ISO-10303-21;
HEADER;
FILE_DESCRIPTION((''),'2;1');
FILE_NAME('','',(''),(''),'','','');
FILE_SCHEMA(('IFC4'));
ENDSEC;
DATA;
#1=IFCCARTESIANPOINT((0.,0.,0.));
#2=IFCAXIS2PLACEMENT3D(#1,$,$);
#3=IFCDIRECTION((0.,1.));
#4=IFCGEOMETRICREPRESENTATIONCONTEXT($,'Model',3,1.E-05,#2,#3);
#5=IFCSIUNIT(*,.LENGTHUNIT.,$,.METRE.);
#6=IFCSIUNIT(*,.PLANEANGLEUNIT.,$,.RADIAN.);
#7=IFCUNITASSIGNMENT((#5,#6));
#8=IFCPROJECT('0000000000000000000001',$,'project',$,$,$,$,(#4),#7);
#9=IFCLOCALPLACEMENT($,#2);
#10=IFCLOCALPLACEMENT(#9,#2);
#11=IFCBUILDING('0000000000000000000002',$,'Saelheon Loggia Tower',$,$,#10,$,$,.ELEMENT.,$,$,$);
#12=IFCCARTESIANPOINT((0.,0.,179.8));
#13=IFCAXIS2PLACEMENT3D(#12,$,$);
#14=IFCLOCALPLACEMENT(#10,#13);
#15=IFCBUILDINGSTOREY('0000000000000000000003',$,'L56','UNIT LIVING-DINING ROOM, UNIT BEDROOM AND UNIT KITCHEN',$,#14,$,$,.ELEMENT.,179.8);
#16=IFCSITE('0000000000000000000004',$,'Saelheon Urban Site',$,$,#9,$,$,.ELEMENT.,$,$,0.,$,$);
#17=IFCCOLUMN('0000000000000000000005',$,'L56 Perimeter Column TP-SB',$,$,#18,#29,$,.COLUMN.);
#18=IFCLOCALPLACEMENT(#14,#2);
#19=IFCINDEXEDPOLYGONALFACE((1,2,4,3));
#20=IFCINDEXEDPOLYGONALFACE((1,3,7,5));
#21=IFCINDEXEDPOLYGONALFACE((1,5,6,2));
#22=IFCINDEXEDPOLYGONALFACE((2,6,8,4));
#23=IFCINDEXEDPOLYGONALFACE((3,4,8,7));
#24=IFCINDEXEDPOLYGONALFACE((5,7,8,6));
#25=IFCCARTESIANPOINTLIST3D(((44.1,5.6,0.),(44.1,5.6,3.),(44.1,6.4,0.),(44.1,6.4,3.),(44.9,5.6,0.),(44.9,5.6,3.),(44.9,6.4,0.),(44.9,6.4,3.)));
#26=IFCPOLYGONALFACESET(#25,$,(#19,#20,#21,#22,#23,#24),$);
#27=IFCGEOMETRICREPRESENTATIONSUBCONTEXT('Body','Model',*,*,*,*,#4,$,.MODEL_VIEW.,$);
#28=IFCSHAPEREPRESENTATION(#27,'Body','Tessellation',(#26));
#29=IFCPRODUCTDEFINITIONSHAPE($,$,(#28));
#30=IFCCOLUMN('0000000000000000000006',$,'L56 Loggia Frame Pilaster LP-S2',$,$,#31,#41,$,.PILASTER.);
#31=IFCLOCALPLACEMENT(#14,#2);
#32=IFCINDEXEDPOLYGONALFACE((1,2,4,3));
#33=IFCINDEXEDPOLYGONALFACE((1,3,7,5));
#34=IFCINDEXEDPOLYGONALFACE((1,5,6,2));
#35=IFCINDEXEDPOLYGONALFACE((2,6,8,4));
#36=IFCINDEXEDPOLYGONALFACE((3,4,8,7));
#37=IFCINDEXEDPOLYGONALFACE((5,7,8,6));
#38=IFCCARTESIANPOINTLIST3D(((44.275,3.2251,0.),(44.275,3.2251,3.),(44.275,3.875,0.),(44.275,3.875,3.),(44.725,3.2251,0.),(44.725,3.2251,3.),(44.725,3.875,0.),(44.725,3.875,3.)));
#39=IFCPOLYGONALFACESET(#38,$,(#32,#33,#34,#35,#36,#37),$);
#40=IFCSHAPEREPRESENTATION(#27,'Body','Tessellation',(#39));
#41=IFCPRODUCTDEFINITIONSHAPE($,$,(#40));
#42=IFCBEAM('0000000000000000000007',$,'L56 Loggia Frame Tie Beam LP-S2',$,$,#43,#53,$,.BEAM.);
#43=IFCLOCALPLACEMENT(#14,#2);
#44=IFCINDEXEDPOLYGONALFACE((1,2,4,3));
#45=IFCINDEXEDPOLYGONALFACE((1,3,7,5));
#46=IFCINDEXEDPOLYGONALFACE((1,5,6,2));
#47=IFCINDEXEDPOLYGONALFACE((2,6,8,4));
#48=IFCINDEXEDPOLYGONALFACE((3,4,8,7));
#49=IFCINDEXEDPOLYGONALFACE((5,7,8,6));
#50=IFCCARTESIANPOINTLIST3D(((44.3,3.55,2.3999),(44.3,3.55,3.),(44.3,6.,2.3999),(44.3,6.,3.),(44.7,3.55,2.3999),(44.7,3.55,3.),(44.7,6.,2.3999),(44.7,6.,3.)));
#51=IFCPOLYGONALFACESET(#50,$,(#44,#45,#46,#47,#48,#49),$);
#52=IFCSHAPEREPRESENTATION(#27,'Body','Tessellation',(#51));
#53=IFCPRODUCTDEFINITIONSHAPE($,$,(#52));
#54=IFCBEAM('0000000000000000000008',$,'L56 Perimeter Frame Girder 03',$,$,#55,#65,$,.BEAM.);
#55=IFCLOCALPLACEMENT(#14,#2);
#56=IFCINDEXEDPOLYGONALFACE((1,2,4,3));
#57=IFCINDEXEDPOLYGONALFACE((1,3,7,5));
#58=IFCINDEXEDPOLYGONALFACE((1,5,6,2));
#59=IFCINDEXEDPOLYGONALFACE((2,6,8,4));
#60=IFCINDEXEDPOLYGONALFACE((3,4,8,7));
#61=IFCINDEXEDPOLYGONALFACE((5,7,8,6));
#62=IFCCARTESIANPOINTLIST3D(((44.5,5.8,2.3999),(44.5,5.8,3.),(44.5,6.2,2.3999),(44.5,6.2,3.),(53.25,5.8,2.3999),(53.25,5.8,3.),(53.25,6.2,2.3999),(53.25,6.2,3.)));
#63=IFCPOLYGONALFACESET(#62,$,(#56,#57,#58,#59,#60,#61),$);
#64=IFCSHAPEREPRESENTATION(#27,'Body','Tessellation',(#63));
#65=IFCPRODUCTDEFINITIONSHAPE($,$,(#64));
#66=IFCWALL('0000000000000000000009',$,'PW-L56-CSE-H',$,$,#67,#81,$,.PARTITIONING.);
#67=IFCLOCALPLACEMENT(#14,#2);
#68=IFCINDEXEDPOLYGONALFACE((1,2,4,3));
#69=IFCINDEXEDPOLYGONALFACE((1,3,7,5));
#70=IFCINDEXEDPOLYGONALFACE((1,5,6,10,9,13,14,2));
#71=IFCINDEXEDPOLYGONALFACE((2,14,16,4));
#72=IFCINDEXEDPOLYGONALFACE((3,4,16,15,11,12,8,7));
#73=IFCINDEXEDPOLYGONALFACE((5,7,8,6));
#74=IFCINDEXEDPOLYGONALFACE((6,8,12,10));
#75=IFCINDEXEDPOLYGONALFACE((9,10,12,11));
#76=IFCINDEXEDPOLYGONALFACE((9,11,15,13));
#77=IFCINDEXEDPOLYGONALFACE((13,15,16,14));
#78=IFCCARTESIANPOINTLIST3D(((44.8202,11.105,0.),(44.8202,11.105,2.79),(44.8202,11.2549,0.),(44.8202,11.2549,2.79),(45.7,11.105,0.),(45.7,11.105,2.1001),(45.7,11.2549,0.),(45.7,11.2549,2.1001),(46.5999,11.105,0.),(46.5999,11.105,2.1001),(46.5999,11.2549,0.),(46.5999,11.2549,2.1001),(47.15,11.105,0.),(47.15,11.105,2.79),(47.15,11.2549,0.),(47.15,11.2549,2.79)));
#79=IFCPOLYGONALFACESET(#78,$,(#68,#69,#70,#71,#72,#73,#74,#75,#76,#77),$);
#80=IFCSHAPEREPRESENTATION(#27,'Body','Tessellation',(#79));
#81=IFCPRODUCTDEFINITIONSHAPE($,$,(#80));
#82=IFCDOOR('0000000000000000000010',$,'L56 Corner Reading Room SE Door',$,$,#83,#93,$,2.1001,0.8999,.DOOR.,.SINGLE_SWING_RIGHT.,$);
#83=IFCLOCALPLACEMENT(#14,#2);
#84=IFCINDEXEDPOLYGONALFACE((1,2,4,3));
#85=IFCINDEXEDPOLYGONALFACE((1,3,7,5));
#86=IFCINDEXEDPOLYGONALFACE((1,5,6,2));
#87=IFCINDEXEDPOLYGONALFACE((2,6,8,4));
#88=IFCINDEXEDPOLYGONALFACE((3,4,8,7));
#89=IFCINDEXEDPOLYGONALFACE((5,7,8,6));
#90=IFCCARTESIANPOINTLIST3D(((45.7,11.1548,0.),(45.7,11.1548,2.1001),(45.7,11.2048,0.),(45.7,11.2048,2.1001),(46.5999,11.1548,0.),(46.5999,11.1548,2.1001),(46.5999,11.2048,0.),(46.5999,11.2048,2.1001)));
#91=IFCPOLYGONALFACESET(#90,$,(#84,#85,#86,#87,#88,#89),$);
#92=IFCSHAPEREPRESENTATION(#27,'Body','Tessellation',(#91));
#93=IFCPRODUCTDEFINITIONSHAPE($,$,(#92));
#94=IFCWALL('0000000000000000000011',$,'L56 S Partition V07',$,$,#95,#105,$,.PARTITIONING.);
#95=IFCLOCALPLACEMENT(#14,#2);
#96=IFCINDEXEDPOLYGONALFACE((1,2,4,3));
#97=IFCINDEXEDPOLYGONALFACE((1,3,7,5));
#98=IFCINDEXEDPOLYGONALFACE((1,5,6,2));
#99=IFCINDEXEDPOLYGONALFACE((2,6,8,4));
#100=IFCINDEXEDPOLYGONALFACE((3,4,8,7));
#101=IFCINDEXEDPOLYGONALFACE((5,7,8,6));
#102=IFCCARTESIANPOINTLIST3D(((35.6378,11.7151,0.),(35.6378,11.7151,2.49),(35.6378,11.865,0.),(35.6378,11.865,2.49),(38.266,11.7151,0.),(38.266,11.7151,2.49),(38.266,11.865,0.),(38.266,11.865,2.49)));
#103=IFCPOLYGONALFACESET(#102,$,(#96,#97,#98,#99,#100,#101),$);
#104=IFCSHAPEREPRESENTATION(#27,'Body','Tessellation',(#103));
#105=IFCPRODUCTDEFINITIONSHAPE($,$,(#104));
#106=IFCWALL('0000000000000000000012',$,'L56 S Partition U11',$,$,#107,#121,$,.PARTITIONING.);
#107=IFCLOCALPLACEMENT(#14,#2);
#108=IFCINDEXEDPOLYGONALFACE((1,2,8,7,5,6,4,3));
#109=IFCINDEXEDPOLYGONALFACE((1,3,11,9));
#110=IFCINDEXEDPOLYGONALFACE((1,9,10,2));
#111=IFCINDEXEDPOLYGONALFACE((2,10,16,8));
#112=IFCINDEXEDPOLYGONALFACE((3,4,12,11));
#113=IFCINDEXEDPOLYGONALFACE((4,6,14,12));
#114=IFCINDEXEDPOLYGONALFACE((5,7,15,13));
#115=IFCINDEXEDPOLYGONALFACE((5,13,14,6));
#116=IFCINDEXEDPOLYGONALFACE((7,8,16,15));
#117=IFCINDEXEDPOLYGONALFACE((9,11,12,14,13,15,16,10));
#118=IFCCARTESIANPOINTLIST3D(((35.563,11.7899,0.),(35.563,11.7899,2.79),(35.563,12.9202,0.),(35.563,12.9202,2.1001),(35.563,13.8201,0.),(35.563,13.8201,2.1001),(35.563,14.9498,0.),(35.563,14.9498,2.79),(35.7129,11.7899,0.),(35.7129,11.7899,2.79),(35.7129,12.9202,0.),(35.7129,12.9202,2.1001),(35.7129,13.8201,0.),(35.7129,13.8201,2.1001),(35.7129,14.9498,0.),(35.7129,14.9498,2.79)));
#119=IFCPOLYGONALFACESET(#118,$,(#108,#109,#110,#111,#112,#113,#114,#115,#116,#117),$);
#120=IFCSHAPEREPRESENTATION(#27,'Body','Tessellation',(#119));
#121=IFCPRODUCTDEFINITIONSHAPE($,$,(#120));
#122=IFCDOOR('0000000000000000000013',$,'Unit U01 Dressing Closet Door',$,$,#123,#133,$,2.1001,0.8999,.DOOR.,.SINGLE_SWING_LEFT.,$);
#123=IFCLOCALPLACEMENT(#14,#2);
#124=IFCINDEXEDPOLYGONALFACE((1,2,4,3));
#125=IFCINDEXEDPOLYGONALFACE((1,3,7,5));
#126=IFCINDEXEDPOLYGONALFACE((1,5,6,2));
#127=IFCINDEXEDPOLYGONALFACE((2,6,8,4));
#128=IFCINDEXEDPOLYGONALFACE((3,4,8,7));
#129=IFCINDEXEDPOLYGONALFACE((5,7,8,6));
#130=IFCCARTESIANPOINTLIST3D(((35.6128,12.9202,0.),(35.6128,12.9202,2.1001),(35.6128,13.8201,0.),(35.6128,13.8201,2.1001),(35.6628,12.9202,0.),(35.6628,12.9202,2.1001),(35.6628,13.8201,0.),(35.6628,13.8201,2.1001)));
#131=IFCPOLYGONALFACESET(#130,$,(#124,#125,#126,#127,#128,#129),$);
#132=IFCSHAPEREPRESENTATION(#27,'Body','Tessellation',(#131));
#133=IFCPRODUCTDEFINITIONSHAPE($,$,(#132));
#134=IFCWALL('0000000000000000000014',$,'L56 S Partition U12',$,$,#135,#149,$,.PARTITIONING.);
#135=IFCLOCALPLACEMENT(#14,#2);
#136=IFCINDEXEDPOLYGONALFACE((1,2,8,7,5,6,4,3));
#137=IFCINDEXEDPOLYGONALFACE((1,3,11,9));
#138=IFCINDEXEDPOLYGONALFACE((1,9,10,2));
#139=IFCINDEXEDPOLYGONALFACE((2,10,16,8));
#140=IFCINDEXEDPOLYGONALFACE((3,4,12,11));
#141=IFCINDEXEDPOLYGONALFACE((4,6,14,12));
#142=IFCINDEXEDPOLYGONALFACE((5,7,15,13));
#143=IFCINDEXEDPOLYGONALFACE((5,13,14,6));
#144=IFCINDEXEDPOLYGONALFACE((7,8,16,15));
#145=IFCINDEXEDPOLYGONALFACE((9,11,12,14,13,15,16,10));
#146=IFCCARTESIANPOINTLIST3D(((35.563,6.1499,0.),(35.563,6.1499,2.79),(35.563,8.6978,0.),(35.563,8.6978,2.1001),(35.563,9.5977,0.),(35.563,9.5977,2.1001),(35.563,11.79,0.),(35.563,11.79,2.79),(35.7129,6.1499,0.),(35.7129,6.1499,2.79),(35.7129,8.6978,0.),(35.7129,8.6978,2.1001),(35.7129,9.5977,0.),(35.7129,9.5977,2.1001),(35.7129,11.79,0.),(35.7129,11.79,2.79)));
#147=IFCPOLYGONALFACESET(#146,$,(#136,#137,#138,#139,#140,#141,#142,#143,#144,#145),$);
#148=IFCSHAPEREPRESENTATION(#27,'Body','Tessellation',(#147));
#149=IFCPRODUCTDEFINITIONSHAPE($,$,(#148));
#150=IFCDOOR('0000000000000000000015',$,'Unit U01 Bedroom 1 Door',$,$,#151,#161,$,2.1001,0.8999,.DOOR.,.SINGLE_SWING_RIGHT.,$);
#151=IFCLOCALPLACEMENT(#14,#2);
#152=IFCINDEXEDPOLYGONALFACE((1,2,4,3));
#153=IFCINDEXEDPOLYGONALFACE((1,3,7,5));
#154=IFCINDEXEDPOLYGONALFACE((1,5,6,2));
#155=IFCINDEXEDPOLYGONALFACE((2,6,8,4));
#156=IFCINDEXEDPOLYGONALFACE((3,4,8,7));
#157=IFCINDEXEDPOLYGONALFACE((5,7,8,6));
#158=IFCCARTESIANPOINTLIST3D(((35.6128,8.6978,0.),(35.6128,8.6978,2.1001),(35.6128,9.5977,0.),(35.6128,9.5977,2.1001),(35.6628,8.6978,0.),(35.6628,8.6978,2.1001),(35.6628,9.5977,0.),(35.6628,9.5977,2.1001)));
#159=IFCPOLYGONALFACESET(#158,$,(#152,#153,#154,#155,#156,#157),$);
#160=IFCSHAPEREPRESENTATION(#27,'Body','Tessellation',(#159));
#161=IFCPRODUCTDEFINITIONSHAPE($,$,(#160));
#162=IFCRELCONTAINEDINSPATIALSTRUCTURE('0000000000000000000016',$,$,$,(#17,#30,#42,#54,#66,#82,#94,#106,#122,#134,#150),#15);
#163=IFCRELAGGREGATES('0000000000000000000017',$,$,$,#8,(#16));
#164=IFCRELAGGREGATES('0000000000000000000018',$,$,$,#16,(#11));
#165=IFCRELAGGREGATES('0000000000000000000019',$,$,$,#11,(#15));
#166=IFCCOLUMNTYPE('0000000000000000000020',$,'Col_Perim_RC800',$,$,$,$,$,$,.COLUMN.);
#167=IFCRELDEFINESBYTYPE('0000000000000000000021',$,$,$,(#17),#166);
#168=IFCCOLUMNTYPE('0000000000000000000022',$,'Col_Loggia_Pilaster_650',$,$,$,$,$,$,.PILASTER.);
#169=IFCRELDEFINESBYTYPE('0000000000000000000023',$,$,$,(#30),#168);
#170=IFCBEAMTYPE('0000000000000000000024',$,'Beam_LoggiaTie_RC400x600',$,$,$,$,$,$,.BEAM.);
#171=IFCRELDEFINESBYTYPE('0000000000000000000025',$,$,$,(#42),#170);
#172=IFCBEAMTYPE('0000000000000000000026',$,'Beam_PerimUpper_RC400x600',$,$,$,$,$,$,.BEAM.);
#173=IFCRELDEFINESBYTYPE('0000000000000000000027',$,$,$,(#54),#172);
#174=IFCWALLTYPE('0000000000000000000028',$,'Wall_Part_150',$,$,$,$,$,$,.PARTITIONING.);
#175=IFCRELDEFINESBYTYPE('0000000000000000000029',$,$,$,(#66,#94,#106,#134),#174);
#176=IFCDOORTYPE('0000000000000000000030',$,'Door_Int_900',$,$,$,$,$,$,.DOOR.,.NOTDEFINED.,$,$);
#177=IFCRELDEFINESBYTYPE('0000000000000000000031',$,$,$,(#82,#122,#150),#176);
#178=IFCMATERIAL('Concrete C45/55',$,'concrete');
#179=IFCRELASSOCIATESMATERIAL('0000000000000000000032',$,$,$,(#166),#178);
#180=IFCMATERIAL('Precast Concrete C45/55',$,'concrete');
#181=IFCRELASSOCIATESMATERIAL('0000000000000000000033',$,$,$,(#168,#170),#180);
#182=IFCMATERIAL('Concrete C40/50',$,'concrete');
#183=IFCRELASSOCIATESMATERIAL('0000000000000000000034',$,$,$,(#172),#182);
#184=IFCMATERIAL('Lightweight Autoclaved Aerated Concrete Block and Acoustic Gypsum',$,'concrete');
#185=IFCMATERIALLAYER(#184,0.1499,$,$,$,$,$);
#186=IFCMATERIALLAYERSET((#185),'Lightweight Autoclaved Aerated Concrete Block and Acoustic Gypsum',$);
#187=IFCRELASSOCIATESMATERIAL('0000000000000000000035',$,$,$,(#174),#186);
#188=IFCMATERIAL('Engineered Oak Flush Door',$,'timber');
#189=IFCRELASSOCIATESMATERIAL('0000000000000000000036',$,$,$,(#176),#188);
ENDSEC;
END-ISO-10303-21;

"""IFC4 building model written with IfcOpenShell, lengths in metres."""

from ifc_helpers import new_model, si_unit, direction, frame, frame_2d, origin, origin_2d, place, context, subcontext, project, spatial, rectangle, extrude, source, transform, mapped, material, layer, layer_set, material_profile, profile_set, type_object, element, fill, save


model = new_model("IFC4")

# Units and contexts
model_context = context("Model", 3, precision=1e-05, world=origin(), true_north=direction((0.0, 1.0)))
body_context = subcontext(model_context, "Body", "Model", "MODEL_VIEW")
ifc_project = project(units=[si_unit("LENGTHUNIT", "METRE"), si_unit("PLANEANGLEUNIT", "RADIAN")], contexts=[model_context])

# Site, building, storey
site_placement = place(None, origin())
site = spatial("IfcSite", under=ifc_project, at=site_placement, Name="Saelheon Urban Site", CompositionType="ELEMENT", RefElevation=0.0)
building_placement = place(site_placement, origin())
building = spatial("IfcBuilding", under=site, at=building_placement, Name="Saelheon Loggia Tower", CompositionType="ELEMENT")
storey_placement = place(building_placement, frame((0.0, 0.0, 179.8)))
storey = spatial("IfcBuildingStorey", under=building, at=storey_placement, Name="L56", Description="UNIT LIVING-DINING ROOM, UNIT BEDROOM AND UNIT KITCHEN", CompositionType="ELEMENT", Elevation=179.8)

# Columns
ifc_material_1 = material(Name="Concrete C45/55", Category="concrete")
ifc_material_profile_1 = material_profile(ifc_material_1, rectangle(XDim=0.8, YDim=0.8, at=origin_2d()), Name="RC-800x800")
ifc_profile_set_1 = profile_set([ifc_material_profile_1], Name="Concrete C45/55")
column_type_1 = type_object("IfcColumnType", Name="Col_Perim_RC800", PredefinedType="COLUMN", material=ifc_profile_set_1)
shared_shape_1 = source(origin(), body_context, "Body", "SweptSolid", [
    extrude(rectangle(XDim=0.8, YDim=0.8, at=origin_2d()), origin(), (0.0, 0.0, 1.0), 3.0),
])
column_1_placement = place(storey_placement, frame((44.5, 6.0, 0.0), z_axis=(0.0, 0.0, 1.0), x_axis=(1.0, 0.0, 0.0)))
element("IfcColumn", 1, at=column_1_placement, inside=storey, type_object=column_type_1, Name="L56 Perimeter Column TP-SB", PredefinedType="COLUMN", context=body_context, shape_type="MappedRepresentation", body=[
    mapped(shared_shape_1, transform((0.0, 0.0, 0.0), scale=1.0)),
])
ifc_material_2 = material(Name="Precast Concrete C45/55", Category="concrete")
ifc_material_profile_2 = material_profile(ifc_material_2, rectangle(XDim=0.45, YDim=0.6499, at=origin_2d()), Name="RC-450x650")
ifc_profile_set_2 = profile_set([ifc_material_profile_2], Name="Precast Concrete C45/55")
column_type_2 = type_object("IfcColumnType", Name="Col_Loggia_Pilaster_650", PredefinedType="PILASTER", material=ifc_profile_set_2)
shared_shape_2 = source(origin(), body_context, "Body", "SweptSolid", [
    extrude(rectangle(XDim=0.45, YDim=0.6499, at=origin_2d()), origin(), (0.0, 0.0, 1.0), 3.0),
])
column_2_placement = place(storey_placement, frame((44.5, 3.55, 0.0), z_axis=(0.0, 0.0, 1.0), x_axis=(1.0, 0.0, 0.0)))
element("IfcColumn", 2, at=column_2_placement, inside=storey, type_object=column_type_2, Name="L56 Loggia Frame Pilaster LP-S2", PredefinedType="PILASTER", context=body_context, shape_type="MappedRepresentation", body=[
    mapped(shared_shape_2, transform((0.0, 0.0, 0.0), scale=1.0)),
])

# Beams
ifc_material_profile_3 = material_profile(ifc_material_2, rectangle(XDim=0.3999, YDim=0.6001, at=origin_2d()), Name="RC-400x600")
ifc_profile_set_3 = profile_set([ifc_material_profile_3], Name="Precast Concrete C45/55")
beam_type_1 = type_object("IfcBeamType", Name="Beam_LoggiaTie_RC400x600", PredefinedType="BEAM", material=ifc_profile_set_3)
shared_shape_3 = source(origin(), body_context, "Body", "SweptSolid", [
    extrude(rectangle(XDim=0.3999, YDim=0.6001, at=origin_2d()), origin(), (0.0, 0.0, 1.0), 2.45),
])
beam_1_placement = place(storey_placement, frame((44.5, 6.0, 2.7), z_axis=(0.0, -1.0, 0.0), x_axis=(1.0, 0.0, 0.0)))
element("IfcBeam", 3, at=beam_1_placement, inside=storey, type_object=beam_type_1, Name="L56 Loggia Frame Tie Beam LP-S2", PredefinedType="BEAM", context=body_context, shape_type="MappedRepresentation", body=[
    mapped(shared_shape_3, transform((0.0, 0.0, 0.0), scale=1.0)),
])
ifc_material_3 = material(Name="Concrete C40/50", Category="concrete")
ifc_material_profile_4 = material_profile(ifc_material_3, rectangle(XDim=0.3999, YDim=0.6001, at=origin_2d()), Name="RC-400x600")
ifc_profile_set_4 = profile_set([ifc_material_profile_4], Name="Concrete C40/50")
beam_type_2 = type_object("IfcBeamType", Name="Beam_PerimUpper_RC400x600", PredefinedType="BEAM", material=ifc_profile_set_4)
shared_shape_4 = source(origin(), body_context, "Body", "SweptSolid", [
    extrude(rectangle(XDim=0.3999, YDim=0.6001, at=origin_2d()), origin(), (0.0, 0.0, 1.0), 8.75),
])
beam_2_placement = place(storey_placement, frame((44.5, 6.0, 2.7), z_axis=(1.0, 0.0, 0.0), x_axis=(0.0, 1.0, 0.0)))
element("IfcBeam", 4, at=beam_2_placement, inside=storey, type_object=beam_type_2, Name="L56 Perimeter Frame Girder 03", PredefinedType="BEAM", context=body_context, shape_type="MappedRepresentation", body=[
    mapped(shared_shape_4, transform((0.0, 0.0, 0.0), scale=1.0)),
])

# Wall, opening, door
ifc_material_4 = material(Name="Lightweight Autoclaved Aerated Concrete Block and Acoustic Gypsum", Category="concrete")
ifc_layer_1 = layer(ifc_material_4, 0.1499)
ifc_layer_set_1 = layer_set([ifc_layer_1], Name="Lightweight Autoclaved Aerated Concrete Block and Acoustic Gypsum")
wall_type_1 = type_object("IfcWallType", Name="Wall_Part_150", PredefinedType="PARTITIONING", material=ifc_layer_set_1)
wall_1_placement = place(storey_placement, frame((44.8201, 11.1799, 0.0), z_axis=(0.0, 0.0, 1.0), x_axis=(1.0, 0.0, 0.0)))
wall_1 = element("IfcWall", 5, at=wall_1_placement, inside=storey, type_object=wall_type_1, Name="PW-L56-CSE-H", PredefinedType="PARTITIONING", context=body_context, shape_type="SweptSolid", body=[
    extrude(rectangle(XDim=2.3298, YDim=0.1499, at=frame_2d((1.165, 0.0))), origin(), (0.0, 0.0, 1.0), 2.79),
])
opening_1_placement = place(wall_1_placement, frame((0.8799, 0.0, 0.0)))
opening_1 = element("IfcOpeningElement", 6, at=opening_1_placement, cuts=wall_1, PredefinedType="OPENING", context=body_context, shape_type="SweptSolid", body=[
    extrude(rectangle(XDim=0.8999, YDim=2.1001, at=frame_2d((0.45, 1.05))), frame((0.0, 0.0869, 0.0), z_axis=(0.0, -1.0, 0.0), x_axis=(1.0, 0.0, 0.0)), (0.0, 0.0, 1.0), 0.1738),
])
ifc_material_5 = material(Name="Engineered Oak Flush Door", Category="timber")
door_type_1 = type_object("IfcDoorType", Name="Door_Int_900", OperationType="NOTDEFINED", PredefinedType="DOOR", material=ifc_material_5)
shared_shape_5 = source(origin(), body_context, "Body", "SweptSolid", [
    extrude(rectangle(XDim=0.8999, YDim=2.1001, at=frame_2d((0.45, 1.05))), frame((0.0, 0.0249, 0.0), z_axis=(0.0, -1.0, 0.0), x_axis=(1.0, 0.0, 0.0)), (0.0, 0.0, 1.0), 0.05),
])
door_1_placement = place(opening_1_placement, origin())
door_1 = element("IfcDoor", 7, at=door_1_placement, inside=storey, type_object=door_type_1, Name="L56 Corner Reading Room SE Door", OperationType="SINGLE_SWING_RIGHT", OverallHeight=2.1001, OverallWidth=0.8999, PredefinedType="DOOR", context=body_context, shape_type="MappedRepresentation", body=[
    mapped(shared_shape_5, transform((0.0, 0.0, 0.0), scale=1.0)),
])
fill(opening_1, door_1)

# Wall
wall_2_placement = place(storey_placement, frame((35.6379, 11.79, 0.0), z_axis=(0.0, 0.0, 1.0), x_axis=(1.0, 0.0, 0.0)))
element("IfcWall", 8, at=wall_2_placement, inside=storey, type_object=wall_type_1, Name="L56 S Partition V07", PredefinedType="PARTITIONING", context=body_context, shape_type="SweptSolid", body=[
    extrude(rectangle(XDim=2.6282, YDim=0.1499, at=frame_2d((1.314, 0.0))), origin(), (0.0, 0.0, 1.0), 2.49),
])

# Walls, openings, doors
wall_3_placement = place(storey_placement, frame((35.6379, 14.95, 0.0), z_axis=(0.0, 0.0, 1.0), x_axis=(0.0, -1.0, 0.0)))
wall_3 = element("IfcWall", 9, at=wall_3_placement, inside=storey, type_object=wall_type_1, Name="L56 S Partition U11", PredefinedType="PARTITIONING", context=body_context, shape_type="SweptSolid", body=[
    extrude(rectangle(XDim=3.1599, YDim=0.1499, at=frame_2d((1.5801, 0.0))), origin(), (0.0, 0.0, 1.0), 2.79),
])
opening_2_placement = place(wall_3_placement, frame((1.1299, 0.0, 0.0)))
opening_2 = element("IfcOpeningElement", 10, at=opening_2_placement, cuts=wall_3, PredefinedType="OPENING", context=body_context, shape_type="SweptSolid", body=[
    extrude(rectangle(XDim=0.8999, YDim=2.1001, at=frame_2d((0.45, 1.05))), frame((0.0, 0.0869, 0.0), z_axis=(0.0, -1.0, 0.0), x_axis=(1.0, 0.0, 0.0)), (0.0, 0.0, 1.0), 0.1738),
])
door_2_placement = place(opening_2_placement, origin())
door_2 = element("IfcDoor", 11, at=door_2_placement, inside=storey, type_object=door_type_1, Name="Unit U01 Dressing Closet Door", OperationType="SINGLE_SWING_LEFT", OverallHeight=2.1001, OverallWidth=0.8999, PredefinedType="DOOR", context=body_context, shape_type="MappedRepresentation", body=[
    mapped(shared_shape_5, transform((0.0, 0.0, 0.0), scale=1.0)),
])
fill(opening_2, door_2)
wall_4_placement = place(storey_placement, frame((35.6379, 11.79, 0.0), z_axis=(0.0, 0.0, 1.0), x_axis=(0.0, -1.0, 0.0)))
wall_4 = element("IfcWall", 12, at=wall_4_placement, inside=storey, type_object=wall_type_1, Name="L56 S Partition U12", PredefinedType="PARTITIONING", context=body_context, shape_type="SweptSolid", body=[
    extrude(rectangle(XDim=5.6401, YDim=0.1499, at=frame_2d((2.8201, 0.0))), origin(), (0.0, 0.0, 1.0), 2.79),
])
opening_3_placement = place(wall_4_placement, frame((2.1924, 0.0, 0.0)))
opening_3 = element("IfcOpeningElement", 13, at=opening_3_placement, cuts=wall_4, PredefinedType="OPENING", context=body_context, shape_type="SweptSolid", body=[
    extrude(rectangle(XDim=0.8999, YDim=2.1001, at=frame_2d((0.45, 1.05))), frame((0.0, 0.0869, 0.0), z_axis=(0.0, -1.0, 0.0), x_axis=(1.0, 0.0, 0.0)), (0.0, 0.0, 1.0), 0.1738),
])
door_3_placement = place(opening_3_placement, origin())
door_3 = element("IfcDoor", 14, at=door_3_placement, inside=storey, type_object=door_type_1, Name="Unit U01 Bedroom 1 Door", OperationType="SINGLE_SWING_RIGHT", OverallHeight=2.1001, OverallWidth=0.8999, PredefinedType="DOOR", context=body_context, shape_type="MappedRepresentation", body=[
    mapped(shared_shape_5, transform((0.0, 0.0, 0.0), scale=1.0)),
])
fill(opening_3, door_3)

save(model, "model.ifc")
